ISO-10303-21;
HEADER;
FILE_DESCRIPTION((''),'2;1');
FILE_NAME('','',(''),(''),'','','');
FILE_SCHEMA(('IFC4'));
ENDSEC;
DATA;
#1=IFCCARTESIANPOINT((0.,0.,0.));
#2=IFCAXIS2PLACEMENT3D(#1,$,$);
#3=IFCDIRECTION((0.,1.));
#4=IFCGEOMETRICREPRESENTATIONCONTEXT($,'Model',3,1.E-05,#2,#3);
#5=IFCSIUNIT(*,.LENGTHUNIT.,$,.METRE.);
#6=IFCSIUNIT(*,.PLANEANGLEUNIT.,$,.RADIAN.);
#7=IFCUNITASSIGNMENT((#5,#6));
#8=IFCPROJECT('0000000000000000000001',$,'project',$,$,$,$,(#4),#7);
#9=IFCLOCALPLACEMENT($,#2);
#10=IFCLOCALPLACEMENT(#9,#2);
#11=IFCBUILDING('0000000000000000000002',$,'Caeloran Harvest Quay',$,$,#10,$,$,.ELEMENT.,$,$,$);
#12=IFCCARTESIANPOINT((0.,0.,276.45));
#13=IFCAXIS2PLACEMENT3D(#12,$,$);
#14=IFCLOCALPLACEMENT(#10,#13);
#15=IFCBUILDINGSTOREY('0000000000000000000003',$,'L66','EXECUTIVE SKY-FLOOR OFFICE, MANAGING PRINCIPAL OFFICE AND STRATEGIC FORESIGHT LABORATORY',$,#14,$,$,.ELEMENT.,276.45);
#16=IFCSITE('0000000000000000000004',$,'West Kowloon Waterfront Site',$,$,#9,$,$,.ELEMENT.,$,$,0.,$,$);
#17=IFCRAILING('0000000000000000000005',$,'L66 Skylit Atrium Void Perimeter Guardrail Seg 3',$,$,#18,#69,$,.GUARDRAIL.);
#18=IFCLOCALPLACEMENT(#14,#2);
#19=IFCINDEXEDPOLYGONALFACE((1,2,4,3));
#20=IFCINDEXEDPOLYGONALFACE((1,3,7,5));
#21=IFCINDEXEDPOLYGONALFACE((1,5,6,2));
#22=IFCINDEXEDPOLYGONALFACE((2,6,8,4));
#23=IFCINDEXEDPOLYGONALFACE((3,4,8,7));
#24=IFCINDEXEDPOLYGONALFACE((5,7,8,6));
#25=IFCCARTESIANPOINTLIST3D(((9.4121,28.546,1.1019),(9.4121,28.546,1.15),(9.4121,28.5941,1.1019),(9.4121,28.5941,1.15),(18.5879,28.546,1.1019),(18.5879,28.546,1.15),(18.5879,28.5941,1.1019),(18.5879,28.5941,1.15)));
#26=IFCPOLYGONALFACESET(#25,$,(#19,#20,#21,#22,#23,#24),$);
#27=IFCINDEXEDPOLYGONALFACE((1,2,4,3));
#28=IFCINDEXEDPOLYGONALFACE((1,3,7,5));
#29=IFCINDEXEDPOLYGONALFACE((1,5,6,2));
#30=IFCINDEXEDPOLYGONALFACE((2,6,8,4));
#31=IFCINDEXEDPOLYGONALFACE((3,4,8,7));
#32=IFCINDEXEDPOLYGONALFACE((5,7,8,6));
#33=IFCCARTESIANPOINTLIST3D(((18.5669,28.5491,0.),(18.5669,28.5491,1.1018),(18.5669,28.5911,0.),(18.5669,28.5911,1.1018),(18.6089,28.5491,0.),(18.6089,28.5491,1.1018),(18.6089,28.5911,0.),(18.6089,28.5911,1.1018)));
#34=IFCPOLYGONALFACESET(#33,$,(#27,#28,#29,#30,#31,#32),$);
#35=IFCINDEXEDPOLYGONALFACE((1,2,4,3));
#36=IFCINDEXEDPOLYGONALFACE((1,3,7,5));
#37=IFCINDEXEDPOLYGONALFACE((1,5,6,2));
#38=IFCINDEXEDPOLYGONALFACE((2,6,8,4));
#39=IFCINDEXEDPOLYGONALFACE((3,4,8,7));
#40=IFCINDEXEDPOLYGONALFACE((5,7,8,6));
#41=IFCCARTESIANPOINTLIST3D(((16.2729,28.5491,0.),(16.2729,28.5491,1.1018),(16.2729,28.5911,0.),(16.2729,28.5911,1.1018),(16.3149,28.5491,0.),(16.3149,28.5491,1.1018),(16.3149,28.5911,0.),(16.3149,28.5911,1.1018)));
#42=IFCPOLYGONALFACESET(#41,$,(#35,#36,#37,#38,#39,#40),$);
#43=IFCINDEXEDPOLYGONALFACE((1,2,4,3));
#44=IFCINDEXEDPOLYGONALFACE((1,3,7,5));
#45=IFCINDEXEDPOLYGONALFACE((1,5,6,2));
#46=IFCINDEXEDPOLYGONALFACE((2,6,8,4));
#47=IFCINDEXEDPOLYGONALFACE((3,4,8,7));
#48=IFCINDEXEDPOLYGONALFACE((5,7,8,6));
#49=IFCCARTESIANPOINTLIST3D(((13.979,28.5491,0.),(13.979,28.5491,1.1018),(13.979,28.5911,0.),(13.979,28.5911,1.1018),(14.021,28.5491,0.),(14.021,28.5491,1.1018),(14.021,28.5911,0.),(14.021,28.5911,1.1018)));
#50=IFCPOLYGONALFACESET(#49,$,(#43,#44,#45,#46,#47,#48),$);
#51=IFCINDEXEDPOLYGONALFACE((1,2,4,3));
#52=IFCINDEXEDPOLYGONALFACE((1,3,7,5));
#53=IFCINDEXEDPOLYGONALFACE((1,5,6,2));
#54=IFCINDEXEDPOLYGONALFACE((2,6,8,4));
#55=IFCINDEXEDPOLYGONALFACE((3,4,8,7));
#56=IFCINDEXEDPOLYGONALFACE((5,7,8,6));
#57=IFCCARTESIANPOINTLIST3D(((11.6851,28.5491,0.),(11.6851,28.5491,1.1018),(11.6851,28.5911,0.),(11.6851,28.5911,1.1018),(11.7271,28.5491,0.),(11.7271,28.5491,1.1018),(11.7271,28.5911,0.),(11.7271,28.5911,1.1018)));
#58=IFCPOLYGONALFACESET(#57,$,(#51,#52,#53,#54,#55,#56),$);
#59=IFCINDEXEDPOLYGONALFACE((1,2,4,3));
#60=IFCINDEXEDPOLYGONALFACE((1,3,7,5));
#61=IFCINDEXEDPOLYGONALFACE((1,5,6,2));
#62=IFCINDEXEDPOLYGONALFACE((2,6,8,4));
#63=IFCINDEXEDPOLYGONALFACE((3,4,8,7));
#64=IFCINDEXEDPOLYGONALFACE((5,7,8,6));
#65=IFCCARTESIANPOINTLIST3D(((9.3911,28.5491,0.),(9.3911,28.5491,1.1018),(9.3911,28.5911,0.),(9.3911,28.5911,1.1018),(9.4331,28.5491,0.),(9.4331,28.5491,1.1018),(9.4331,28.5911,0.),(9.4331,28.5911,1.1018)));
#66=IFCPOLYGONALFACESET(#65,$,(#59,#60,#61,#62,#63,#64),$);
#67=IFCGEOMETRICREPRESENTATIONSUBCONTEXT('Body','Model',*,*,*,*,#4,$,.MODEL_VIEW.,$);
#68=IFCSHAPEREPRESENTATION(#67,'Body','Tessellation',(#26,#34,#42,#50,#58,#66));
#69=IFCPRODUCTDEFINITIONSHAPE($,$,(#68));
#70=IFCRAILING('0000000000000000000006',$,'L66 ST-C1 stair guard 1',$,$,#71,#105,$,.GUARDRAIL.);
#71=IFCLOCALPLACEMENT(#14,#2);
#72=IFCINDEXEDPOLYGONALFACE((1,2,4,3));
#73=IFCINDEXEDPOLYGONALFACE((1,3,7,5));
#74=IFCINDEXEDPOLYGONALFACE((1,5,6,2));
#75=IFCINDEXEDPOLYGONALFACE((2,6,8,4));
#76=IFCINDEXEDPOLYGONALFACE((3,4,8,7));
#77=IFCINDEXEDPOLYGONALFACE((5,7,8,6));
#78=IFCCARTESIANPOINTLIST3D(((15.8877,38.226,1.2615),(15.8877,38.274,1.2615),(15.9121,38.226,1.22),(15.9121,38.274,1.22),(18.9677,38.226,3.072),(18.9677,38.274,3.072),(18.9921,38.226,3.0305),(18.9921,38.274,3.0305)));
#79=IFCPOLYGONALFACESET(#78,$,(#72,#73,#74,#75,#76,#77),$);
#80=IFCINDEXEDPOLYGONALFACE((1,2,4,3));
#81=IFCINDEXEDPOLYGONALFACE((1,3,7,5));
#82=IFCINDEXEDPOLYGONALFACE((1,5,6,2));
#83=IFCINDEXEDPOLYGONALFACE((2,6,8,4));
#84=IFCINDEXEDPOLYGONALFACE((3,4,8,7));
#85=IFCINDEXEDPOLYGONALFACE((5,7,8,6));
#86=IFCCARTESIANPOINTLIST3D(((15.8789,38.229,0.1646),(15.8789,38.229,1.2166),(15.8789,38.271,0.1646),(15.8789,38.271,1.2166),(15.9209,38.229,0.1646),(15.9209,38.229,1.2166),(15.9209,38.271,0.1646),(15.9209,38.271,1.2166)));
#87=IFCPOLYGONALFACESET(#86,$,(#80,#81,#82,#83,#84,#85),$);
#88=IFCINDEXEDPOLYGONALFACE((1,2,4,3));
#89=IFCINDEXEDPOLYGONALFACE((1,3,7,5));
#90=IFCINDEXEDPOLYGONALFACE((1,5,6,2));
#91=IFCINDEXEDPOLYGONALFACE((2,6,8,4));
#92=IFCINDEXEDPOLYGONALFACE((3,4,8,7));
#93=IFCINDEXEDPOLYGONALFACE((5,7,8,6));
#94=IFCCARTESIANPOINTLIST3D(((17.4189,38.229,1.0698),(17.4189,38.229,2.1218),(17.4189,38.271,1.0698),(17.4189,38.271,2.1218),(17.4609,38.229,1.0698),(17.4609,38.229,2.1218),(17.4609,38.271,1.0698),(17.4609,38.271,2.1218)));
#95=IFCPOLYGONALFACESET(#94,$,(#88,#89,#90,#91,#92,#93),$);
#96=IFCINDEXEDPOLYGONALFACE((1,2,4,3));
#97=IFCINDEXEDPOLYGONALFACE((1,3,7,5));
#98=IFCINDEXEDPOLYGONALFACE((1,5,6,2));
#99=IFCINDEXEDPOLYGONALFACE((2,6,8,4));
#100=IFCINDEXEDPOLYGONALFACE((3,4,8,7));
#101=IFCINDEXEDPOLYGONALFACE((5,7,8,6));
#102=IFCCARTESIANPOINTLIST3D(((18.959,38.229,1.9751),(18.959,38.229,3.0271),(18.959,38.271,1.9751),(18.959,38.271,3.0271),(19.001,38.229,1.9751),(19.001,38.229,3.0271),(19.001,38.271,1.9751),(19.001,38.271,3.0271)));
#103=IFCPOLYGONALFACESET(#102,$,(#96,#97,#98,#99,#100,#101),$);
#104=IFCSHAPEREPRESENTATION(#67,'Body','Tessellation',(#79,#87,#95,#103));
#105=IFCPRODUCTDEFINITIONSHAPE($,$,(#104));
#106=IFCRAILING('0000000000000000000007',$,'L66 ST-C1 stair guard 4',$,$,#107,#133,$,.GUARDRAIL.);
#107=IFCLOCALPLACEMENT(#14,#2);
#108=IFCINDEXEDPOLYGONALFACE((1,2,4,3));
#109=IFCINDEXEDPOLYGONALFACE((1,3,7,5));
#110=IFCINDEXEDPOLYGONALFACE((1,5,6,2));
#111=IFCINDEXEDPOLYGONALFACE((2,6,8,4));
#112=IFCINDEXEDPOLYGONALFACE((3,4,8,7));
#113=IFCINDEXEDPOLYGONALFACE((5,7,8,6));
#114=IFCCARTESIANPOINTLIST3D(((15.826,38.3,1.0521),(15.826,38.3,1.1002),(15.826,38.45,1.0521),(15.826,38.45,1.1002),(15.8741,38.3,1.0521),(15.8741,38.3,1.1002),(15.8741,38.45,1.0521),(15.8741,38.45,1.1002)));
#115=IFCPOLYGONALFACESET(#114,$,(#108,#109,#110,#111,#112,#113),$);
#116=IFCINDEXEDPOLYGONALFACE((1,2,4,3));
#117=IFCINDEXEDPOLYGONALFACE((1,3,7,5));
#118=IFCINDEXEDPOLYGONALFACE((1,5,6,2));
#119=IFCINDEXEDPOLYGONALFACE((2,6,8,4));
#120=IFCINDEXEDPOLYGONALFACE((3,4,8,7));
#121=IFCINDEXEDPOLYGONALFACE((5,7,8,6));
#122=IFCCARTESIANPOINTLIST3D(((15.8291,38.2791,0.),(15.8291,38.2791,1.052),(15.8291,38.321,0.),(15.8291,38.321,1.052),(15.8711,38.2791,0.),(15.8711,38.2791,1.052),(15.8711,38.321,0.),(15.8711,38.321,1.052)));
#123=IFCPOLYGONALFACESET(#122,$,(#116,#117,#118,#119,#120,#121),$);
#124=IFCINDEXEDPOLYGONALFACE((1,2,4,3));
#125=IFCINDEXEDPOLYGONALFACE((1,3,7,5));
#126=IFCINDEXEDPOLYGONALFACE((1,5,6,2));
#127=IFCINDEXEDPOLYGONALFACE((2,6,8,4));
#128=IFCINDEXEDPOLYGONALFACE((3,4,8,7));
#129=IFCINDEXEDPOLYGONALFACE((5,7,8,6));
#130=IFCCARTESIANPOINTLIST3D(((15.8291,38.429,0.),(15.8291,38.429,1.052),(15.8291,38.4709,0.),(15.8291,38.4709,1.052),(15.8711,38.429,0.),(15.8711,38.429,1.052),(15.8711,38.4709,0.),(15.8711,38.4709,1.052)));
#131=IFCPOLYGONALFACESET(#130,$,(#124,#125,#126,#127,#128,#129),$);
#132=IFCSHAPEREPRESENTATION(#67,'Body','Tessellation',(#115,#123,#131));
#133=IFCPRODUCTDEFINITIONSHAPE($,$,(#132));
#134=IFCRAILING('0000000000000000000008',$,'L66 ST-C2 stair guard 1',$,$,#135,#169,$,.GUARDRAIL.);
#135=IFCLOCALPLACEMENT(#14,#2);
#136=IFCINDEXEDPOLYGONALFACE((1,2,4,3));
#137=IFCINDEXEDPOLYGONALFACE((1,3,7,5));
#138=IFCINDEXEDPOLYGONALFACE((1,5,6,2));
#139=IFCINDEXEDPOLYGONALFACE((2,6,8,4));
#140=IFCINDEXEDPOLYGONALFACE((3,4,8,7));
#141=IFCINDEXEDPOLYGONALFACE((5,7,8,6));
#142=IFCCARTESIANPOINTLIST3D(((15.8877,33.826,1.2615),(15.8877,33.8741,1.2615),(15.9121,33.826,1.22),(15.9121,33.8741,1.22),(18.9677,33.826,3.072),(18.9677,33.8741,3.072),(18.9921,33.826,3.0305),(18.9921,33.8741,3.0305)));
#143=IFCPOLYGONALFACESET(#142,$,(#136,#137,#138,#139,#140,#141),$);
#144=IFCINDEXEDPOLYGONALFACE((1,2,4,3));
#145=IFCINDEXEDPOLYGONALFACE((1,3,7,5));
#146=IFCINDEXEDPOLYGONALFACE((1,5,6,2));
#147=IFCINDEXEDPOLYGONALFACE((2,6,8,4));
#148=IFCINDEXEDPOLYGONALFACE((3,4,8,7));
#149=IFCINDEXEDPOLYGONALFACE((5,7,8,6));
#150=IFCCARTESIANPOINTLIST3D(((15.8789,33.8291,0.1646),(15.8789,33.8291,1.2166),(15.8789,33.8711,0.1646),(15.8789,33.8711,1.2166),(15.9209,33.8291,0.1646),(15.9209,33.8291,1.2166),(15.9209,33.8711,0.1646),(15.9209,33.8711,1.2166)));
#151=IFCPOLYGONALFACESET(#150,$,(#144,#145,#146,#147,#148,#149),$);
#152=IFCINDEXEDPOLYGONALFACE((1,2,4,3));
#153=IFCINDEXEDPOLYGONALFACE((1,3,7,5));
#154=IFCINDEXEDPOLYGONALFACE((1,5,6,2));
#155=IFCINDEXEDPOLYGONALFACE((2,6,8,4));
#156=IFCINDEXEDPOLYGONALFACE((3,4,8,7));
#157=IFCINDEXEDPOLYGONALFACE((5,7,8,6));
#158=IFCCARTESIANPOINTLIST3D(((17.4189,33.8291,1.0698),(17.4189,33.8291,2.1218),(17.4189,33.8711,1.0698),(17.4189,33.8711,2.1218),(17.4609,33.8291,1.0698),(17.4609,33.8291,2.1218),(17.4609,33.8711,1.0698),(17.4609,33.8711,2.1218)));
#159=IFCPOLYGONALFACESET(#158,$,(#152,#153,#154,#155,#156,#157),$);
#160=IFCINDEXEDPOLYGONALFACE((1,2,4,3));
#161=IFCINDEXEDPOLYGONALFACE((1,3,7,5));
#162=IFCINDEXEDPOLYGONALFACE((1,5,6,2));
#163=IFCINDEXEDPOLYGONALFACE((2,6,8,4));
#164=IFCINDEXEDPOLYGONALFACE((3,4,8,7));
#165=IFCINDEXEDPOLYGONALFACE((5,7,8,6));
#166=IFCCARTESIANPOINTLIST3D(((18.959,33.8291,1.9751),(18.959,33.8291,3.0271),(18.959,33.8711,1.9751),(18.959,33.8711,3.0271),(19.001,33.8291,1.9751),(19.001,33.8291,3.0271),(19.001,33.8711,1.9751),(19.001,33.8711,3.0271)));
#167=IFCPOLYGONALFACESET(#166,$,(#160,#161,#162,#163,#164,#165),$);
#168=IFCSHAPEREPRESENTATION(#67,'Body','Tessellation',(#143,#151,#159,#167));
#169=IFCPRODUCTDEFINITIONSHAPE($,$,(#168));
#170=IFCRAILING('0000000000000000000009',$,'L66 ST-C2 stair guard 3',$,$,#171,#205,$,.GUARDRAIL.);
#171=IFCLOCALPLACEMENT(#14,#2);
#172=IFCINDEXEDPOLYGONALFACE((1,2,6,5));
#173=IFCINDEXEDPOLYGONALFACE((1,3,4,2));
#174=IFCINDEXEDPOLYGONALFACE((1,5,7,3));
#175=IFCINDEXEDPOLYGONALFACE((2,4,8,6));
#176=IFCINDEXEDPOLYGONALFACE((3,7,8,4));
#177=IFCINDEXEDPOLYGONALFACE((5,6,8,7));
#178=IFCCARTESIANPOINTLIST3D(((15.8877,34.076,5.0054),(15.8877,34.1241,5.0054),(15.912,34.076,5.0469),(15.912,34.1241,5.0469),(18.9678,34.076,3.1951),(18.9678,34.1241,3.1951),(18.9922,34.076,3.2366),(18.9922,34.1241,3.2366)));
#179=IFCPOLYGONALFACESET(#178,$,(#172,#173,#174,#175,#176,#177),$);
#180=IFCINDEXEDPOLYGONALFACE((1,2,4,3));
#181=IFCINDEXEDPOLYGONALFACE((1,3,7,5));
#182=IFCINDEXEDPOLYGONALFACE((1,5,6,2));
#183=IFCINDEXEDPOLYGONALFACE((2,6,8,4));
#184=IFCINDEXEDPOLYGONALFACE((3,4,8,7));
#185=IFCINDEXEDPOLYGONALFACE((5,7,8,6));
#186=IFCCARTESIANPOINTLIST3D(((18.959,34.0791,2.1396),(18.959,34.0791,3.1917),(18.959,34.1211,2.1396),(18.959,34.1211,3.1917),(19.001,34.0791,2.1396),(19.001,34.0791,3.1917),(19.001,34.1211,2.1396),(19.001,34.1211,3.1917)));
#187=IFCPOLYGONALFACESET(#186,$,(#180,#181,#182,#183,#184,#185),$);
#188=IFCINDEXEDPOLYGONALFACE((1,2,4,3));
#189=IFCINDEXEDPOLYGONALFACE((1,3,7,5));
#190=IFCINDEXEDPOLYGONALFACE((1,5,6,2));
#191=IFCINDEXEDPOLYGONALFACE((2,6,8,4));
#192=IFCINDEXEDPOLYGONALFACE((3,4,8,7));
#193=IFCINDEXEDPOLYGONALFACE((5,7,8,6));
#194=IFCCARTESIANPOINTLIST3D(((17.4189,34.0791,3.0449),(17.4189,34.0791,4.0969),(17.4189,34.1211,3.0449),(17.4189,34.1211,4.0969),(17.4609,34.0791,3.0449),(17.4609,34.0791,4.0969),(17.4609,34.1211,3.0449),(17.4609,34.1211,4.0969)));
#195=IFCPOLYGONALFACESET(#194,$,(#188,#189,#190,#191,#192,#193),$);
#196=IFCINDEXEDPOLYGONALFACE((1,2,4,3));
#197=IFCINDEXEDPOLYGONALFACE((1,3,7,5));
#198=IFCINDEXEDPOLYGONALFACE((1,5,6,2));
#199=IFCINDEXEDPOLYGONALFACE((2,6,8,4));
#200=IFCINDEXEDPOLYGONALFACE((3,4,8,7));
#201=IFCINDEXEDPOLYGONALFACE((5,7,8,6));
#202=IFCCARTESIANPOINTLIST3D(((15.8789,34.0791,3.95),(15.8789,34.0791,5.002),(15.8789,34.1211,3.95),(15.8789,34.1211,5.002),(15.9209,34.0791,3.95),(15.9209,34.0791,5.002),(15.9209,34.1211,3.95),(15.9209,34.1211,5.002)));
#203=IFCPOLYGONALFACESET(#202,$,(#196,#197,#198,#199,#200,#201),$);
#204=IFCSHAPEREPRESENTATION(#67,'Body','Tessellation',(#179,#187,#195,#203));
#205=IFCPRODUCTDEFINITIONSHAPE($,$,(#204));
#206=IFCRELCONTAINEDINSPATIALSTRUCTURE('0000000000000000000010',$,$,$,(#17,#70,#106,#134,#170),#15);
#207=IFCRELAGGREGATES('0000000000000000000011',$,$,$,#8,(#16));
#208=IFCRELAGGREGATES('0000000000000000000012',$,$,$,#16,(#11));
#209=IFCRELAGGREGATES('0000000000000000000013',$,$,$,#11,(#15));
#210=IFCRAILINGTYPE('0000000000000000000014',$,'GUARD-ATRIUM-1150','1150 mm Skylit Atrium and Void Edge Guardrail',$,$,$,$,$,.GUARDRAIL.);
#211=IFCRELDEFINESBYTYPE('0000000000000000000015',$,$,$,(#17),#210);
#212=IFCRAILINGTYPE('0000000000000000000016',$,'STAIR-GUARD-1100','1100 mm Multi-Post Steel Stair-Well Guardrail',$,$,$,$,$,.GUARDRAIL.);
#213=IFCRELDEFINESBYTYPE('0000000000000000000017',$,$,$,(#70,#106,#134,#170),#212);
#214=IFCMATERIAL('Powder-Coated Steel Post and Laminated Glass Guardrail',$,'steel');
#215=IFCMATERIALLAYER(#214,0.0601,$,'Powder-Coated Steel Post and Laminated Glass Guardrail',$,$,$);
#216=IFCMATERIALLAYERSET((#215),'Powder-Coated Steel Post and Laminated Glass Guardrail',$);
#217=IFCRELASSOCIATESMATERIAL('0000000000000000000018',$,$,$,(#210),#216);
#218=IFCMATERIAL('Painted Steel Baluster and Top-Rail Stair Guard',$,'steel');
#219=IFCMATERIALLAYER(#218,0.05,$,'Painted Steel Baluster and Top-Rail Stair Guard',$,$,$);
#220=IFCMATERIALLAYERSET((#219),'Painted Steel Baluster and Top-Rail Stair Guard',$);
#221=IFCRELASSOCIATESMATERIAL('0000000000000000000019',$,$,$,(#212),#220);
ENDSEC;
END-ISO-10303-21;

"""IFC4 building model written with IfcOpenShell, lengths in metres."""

from ifc_helpers import new_model, si_unit, direction, frame, origin, origin_2d, place, context, subcontext, project, spatial, rectangle, extrude, material, layer, layer_set, type_object, element, save


model = new_model("IFC4")

# Units and contexts
model_context = context("Model", 3, precision=1e-05, world=origin(), true_north=direction((0.0, 1.0)))
body_context = subcontext(model_context, "Body", "Model", "MODEL_VIEW")
ifc_project = project(units=[si_unit("LENGTHUNIT", "METRE"), si_unit("PLANEANGLEUNIT", "RADIAN")], contexts=[model_context])

# Site, building, storey
site_placement = place(None, origin())
site = spatial("IfcSite", under=ifc_project, at=site_placement, Name="West Kowloon Waterfront Site", CompositionType="ELEMENT", RefElevation=0.0)
building_placement = place(site_placement, origin())
building = spatial("IfcBuilding", under=site, at=building_placement, Name="Caeloran Harvest Quay", CompositionType="ELEMENT")
storey_placement = place(building_placement, frame((0.0, 0.0, 276.45)))
storey = spatial("IfcBuildingStorey", under=building, at=storey_placement, Name="L66", Description="EXECUTIVE SKY-FLOOR OFFICE, MANAGING PRINCIPAL OFFICE AND STRATEGIC FORESIGHT LABORATORY", CompositionType="ELEMENT", Elevation=276.45)

# Railings
ifc_material_1 = material(Name="Powder-Coated Steel Post and Laminated Glass Guardrail", Category="steel")
ifc_layer_1 = layer(ifc_material_1, 0.0601, Name="Powder-Coated Steel Post and Laminated Glass Guardrail")
ifc_layer_set_1 = layer_set([ifc_layer_1], Name="Powder-Coated Steel Post and Laminated Glass Guardrail")
railing_type_1 = type_object("IfcRailingType", Name="GUARD-ATRIUM-1150", Description="1150 mm Skylit Atrium and Void Edge Guardrail", PredefinedType="GUARDRAIL", material=ifc_layer_set_1)
railing_1_placement = place(storey_placement, frame((18.5879, 28.5701, 0.0)))
element("IfcRailing", 1, at=railing_1_placement, inside=storey, type_object=railing_type_1, Name="L66 Skylit Atrium Void Perimeter Guardrail Seg 3", PredefinedType="GUARDRAIL", context=body_context, shape_type="SweptSolid", body=[
    extrude(rectangle(XDim=0.0481, YDim=0.0481, at=origin_2d()), frame((0.0, 0.0, 1.126), z_axis=(-1.0, 0.0, 0.0), x_axis=(0.0, -1.0, 0.0)), (0.0, 0.0, 1.0), 9.1758),
    extrude(rectangle(XDim=0.042, YDim=0.042, at=origin_2d()), origin(), (0.0, 0.0, 1.0), 1.1018),
    extrude(rectangle(XDim=0.042, YDim=0.042, at=origin_2d()), frame((-2.2939, 0.0, 0.0)), (0.0, 0.0, 1.0), 1.1018),
    extrude(rectangle(XDim=0.042, YDim=0.042, at=origin_2d()), frame((-4.5879, 0.0, 0.0)), (0.0, 0.0, 1.0), 1.1018),
    extrude(rectangle(XDim=0.042, YDim=0.042, at=origin_2d()), frame((-6.8818, 0.0, 0.0)), (0.0, 0.0, 1.0), 1.1018),
    extrude(rectangle(XDim=0.042, YDim=0.042, at=origin_2d()), frame((-9.1758, 0.0, 0.0)), (0.0, 0.0, 1.0), 1.1018),
])
ifc_material_2 = material(Name="Painted Steel Baluster and Top-Rail Stair Guard", Category="steel")
ifc_layer_2 = layer(ifc_material_2, 0.05, Name="Painted Steel Baluster and Top-Rail Stair Guard")
ifc_layer_set_2 = layer_set([ifc_layer_2], Name="Painted Steel Baluster and Top-Rail Stair Guard")
railing_type_2 = type_object("IfcRailingType", Name="STAIR-GUARD-1100", Description="1100 mm Multi-Post Steel Stair-Well Guardrail", PredefinedType="GUARDRAIL", material=ifc_layer_set_2)
railing_2_placement = place(storey_placement, frame((15.8999, 38.25, 0.1646)))
element("IfcRailing", 2, at=railing_2_placement, inside=storey, type_object=railing_type_2, Name="L66 ST-C1 stair guard 1", PredefinedType="GUARDRAIL", context=body_context, shape_type="SweptSolid", body=[
    extrude(rectangle(XDim=0.0481, YDim=0.0481, at=origin_2d()), frame((0.0, 0.0, 1.0762), z_axis=(0.862089, 0.0, 0.506757), x_axis=(0.0, 1.0, 0.0)), (0.0, 0.0, 1.0), 3.5728),
    extrude(rectangle(XDim=0.042, YDim=0.042, at=origin_2d()), origin(), (0.0, 0.0, 1.0), 1.052),
    extrude(rectangle(XDim=0.042, YDim=0.042, at=origin_2d()), frame((1.54, 0.0, 0.9053)), (0.0, 0.0, 1.0), 1.052),
    extrude(rectangle(XDim=0.042, YDim=0.042, at=origin_2d()), frame((3.0801, 0.0, 1.8105)), (0.0, 0.0, 1.0), 1.052),
])
railing_3_placement = place(storey_placement, frame((15.8501, 38.3, 0.0)))
element("IfcRailing", 3, at=railing_3_placement, inside=storey, type_object=railing_type_2, Name="L66 ST-C1 stair guard 4", PredefinedType="GUARDRAIL", context=body_context, shape_type="SweptSolid", body=[
    extrude(rectangle(XDim=0.0481, YDim=0.0481, at=origin_2d()), frame((0.0, 0.0, 1.0762), z_axis=(0.0, 1.0, 0.0), x_axis=(-1.0, 0.0, 0.0)), (0.0, 0.0, 1.0), 0.1499),
    extrude(rectangle(XDim=0.042, YDim=0.042, at=origin_2d()), origin(), (0.0, 0.0, 1.0), 1.052),
    extrude(rectangle(XDim=0.042, YDim=0.042, at=origin_2d()), frame((0.0, 0.1499, 0.0)), (0.0, 0.0, 1.0), 1.052),
])
railing_4_placement = place(storey_placement, frame((15.8999, 33.8501, 0.1646)))
element("IfcRailing", 4, at=railing_4_placement, inside=storey, type_object=railing_type_2, Name="L66 ST-C2 stair guard 1", PredefinedType="GUARDRAIL", context=body_context, shape_type="SweptSolid", body=[
    extrude(rectangle(XDim=0.0481, YDim=0.0481, at=origin_2d()), frame((0.0, 0.0, 1.0762), z_axis=(0.862089, 0.0, 0.506757), x_axis=(0.0, 1.0, 0.0)), (0.0, 0.0, 1.0), 3.5728),
    extrude(rectangle(XDim=0.042, YDim=0.042, at=origin_2d()), origin(), (0.0, 0.0, 1.0), 1.052),
    extrude(rectangle(XDim=0.042, YDim=0.042, at=origin_2d()), frame((1.54, 0.0, 0.9053)), (0.0, 0.0, 1.0), 1.052),
    extrude(rectangle(XDim=0.042, YDim=0.042, at=origin_2d()), frame((3.0801, 0.0, 1.8105)), (0.0, 0.0, 1.0), 1.052),
])
railing_5_placement = place(storey_placement, frame((18.98, 34.1001, 2.1396)))
element("IfcRailing", 5, at=railing_5_placement, inside=storey, type_object=railing_type_2, Name="L66 ST-C2 stair guard 3", PredefinedType="GUARDRAIL", context=body_context, shape_type="SweptSolid", body=[
    extrude(rectangle(XDim=0.0481, YDim=0.0481, at=origin_2d()), frame((0.0, 0.0, 1.0762), z_axis=(-0.862119, 0.0, 0.506707), x_axis=(0.0, -1.0, 0.0)), (0.0, 0.0, 1.0), 3.5728),
    extrude(rectangle(XDim=0.042, YDim=0.042, at=origin_2d()), origin(), (0.0, 0.0, 1.0), 1.052),
    extrude(rectangle(XDim=0.042, YDim=0.042, at=origin_2d()), frame((-1.54, 0.0, 0.9053)), (0.0, 0.0, 1.0), 1.052),
    extrude(rectangle(XDim=0.042, YDim=0.042, at=origin_2d()), frame((-3.0801, 0.0, 1.8103)), (0.0, 0.0, 1.0), 1.052),
])

save(model, "model.ifc")
